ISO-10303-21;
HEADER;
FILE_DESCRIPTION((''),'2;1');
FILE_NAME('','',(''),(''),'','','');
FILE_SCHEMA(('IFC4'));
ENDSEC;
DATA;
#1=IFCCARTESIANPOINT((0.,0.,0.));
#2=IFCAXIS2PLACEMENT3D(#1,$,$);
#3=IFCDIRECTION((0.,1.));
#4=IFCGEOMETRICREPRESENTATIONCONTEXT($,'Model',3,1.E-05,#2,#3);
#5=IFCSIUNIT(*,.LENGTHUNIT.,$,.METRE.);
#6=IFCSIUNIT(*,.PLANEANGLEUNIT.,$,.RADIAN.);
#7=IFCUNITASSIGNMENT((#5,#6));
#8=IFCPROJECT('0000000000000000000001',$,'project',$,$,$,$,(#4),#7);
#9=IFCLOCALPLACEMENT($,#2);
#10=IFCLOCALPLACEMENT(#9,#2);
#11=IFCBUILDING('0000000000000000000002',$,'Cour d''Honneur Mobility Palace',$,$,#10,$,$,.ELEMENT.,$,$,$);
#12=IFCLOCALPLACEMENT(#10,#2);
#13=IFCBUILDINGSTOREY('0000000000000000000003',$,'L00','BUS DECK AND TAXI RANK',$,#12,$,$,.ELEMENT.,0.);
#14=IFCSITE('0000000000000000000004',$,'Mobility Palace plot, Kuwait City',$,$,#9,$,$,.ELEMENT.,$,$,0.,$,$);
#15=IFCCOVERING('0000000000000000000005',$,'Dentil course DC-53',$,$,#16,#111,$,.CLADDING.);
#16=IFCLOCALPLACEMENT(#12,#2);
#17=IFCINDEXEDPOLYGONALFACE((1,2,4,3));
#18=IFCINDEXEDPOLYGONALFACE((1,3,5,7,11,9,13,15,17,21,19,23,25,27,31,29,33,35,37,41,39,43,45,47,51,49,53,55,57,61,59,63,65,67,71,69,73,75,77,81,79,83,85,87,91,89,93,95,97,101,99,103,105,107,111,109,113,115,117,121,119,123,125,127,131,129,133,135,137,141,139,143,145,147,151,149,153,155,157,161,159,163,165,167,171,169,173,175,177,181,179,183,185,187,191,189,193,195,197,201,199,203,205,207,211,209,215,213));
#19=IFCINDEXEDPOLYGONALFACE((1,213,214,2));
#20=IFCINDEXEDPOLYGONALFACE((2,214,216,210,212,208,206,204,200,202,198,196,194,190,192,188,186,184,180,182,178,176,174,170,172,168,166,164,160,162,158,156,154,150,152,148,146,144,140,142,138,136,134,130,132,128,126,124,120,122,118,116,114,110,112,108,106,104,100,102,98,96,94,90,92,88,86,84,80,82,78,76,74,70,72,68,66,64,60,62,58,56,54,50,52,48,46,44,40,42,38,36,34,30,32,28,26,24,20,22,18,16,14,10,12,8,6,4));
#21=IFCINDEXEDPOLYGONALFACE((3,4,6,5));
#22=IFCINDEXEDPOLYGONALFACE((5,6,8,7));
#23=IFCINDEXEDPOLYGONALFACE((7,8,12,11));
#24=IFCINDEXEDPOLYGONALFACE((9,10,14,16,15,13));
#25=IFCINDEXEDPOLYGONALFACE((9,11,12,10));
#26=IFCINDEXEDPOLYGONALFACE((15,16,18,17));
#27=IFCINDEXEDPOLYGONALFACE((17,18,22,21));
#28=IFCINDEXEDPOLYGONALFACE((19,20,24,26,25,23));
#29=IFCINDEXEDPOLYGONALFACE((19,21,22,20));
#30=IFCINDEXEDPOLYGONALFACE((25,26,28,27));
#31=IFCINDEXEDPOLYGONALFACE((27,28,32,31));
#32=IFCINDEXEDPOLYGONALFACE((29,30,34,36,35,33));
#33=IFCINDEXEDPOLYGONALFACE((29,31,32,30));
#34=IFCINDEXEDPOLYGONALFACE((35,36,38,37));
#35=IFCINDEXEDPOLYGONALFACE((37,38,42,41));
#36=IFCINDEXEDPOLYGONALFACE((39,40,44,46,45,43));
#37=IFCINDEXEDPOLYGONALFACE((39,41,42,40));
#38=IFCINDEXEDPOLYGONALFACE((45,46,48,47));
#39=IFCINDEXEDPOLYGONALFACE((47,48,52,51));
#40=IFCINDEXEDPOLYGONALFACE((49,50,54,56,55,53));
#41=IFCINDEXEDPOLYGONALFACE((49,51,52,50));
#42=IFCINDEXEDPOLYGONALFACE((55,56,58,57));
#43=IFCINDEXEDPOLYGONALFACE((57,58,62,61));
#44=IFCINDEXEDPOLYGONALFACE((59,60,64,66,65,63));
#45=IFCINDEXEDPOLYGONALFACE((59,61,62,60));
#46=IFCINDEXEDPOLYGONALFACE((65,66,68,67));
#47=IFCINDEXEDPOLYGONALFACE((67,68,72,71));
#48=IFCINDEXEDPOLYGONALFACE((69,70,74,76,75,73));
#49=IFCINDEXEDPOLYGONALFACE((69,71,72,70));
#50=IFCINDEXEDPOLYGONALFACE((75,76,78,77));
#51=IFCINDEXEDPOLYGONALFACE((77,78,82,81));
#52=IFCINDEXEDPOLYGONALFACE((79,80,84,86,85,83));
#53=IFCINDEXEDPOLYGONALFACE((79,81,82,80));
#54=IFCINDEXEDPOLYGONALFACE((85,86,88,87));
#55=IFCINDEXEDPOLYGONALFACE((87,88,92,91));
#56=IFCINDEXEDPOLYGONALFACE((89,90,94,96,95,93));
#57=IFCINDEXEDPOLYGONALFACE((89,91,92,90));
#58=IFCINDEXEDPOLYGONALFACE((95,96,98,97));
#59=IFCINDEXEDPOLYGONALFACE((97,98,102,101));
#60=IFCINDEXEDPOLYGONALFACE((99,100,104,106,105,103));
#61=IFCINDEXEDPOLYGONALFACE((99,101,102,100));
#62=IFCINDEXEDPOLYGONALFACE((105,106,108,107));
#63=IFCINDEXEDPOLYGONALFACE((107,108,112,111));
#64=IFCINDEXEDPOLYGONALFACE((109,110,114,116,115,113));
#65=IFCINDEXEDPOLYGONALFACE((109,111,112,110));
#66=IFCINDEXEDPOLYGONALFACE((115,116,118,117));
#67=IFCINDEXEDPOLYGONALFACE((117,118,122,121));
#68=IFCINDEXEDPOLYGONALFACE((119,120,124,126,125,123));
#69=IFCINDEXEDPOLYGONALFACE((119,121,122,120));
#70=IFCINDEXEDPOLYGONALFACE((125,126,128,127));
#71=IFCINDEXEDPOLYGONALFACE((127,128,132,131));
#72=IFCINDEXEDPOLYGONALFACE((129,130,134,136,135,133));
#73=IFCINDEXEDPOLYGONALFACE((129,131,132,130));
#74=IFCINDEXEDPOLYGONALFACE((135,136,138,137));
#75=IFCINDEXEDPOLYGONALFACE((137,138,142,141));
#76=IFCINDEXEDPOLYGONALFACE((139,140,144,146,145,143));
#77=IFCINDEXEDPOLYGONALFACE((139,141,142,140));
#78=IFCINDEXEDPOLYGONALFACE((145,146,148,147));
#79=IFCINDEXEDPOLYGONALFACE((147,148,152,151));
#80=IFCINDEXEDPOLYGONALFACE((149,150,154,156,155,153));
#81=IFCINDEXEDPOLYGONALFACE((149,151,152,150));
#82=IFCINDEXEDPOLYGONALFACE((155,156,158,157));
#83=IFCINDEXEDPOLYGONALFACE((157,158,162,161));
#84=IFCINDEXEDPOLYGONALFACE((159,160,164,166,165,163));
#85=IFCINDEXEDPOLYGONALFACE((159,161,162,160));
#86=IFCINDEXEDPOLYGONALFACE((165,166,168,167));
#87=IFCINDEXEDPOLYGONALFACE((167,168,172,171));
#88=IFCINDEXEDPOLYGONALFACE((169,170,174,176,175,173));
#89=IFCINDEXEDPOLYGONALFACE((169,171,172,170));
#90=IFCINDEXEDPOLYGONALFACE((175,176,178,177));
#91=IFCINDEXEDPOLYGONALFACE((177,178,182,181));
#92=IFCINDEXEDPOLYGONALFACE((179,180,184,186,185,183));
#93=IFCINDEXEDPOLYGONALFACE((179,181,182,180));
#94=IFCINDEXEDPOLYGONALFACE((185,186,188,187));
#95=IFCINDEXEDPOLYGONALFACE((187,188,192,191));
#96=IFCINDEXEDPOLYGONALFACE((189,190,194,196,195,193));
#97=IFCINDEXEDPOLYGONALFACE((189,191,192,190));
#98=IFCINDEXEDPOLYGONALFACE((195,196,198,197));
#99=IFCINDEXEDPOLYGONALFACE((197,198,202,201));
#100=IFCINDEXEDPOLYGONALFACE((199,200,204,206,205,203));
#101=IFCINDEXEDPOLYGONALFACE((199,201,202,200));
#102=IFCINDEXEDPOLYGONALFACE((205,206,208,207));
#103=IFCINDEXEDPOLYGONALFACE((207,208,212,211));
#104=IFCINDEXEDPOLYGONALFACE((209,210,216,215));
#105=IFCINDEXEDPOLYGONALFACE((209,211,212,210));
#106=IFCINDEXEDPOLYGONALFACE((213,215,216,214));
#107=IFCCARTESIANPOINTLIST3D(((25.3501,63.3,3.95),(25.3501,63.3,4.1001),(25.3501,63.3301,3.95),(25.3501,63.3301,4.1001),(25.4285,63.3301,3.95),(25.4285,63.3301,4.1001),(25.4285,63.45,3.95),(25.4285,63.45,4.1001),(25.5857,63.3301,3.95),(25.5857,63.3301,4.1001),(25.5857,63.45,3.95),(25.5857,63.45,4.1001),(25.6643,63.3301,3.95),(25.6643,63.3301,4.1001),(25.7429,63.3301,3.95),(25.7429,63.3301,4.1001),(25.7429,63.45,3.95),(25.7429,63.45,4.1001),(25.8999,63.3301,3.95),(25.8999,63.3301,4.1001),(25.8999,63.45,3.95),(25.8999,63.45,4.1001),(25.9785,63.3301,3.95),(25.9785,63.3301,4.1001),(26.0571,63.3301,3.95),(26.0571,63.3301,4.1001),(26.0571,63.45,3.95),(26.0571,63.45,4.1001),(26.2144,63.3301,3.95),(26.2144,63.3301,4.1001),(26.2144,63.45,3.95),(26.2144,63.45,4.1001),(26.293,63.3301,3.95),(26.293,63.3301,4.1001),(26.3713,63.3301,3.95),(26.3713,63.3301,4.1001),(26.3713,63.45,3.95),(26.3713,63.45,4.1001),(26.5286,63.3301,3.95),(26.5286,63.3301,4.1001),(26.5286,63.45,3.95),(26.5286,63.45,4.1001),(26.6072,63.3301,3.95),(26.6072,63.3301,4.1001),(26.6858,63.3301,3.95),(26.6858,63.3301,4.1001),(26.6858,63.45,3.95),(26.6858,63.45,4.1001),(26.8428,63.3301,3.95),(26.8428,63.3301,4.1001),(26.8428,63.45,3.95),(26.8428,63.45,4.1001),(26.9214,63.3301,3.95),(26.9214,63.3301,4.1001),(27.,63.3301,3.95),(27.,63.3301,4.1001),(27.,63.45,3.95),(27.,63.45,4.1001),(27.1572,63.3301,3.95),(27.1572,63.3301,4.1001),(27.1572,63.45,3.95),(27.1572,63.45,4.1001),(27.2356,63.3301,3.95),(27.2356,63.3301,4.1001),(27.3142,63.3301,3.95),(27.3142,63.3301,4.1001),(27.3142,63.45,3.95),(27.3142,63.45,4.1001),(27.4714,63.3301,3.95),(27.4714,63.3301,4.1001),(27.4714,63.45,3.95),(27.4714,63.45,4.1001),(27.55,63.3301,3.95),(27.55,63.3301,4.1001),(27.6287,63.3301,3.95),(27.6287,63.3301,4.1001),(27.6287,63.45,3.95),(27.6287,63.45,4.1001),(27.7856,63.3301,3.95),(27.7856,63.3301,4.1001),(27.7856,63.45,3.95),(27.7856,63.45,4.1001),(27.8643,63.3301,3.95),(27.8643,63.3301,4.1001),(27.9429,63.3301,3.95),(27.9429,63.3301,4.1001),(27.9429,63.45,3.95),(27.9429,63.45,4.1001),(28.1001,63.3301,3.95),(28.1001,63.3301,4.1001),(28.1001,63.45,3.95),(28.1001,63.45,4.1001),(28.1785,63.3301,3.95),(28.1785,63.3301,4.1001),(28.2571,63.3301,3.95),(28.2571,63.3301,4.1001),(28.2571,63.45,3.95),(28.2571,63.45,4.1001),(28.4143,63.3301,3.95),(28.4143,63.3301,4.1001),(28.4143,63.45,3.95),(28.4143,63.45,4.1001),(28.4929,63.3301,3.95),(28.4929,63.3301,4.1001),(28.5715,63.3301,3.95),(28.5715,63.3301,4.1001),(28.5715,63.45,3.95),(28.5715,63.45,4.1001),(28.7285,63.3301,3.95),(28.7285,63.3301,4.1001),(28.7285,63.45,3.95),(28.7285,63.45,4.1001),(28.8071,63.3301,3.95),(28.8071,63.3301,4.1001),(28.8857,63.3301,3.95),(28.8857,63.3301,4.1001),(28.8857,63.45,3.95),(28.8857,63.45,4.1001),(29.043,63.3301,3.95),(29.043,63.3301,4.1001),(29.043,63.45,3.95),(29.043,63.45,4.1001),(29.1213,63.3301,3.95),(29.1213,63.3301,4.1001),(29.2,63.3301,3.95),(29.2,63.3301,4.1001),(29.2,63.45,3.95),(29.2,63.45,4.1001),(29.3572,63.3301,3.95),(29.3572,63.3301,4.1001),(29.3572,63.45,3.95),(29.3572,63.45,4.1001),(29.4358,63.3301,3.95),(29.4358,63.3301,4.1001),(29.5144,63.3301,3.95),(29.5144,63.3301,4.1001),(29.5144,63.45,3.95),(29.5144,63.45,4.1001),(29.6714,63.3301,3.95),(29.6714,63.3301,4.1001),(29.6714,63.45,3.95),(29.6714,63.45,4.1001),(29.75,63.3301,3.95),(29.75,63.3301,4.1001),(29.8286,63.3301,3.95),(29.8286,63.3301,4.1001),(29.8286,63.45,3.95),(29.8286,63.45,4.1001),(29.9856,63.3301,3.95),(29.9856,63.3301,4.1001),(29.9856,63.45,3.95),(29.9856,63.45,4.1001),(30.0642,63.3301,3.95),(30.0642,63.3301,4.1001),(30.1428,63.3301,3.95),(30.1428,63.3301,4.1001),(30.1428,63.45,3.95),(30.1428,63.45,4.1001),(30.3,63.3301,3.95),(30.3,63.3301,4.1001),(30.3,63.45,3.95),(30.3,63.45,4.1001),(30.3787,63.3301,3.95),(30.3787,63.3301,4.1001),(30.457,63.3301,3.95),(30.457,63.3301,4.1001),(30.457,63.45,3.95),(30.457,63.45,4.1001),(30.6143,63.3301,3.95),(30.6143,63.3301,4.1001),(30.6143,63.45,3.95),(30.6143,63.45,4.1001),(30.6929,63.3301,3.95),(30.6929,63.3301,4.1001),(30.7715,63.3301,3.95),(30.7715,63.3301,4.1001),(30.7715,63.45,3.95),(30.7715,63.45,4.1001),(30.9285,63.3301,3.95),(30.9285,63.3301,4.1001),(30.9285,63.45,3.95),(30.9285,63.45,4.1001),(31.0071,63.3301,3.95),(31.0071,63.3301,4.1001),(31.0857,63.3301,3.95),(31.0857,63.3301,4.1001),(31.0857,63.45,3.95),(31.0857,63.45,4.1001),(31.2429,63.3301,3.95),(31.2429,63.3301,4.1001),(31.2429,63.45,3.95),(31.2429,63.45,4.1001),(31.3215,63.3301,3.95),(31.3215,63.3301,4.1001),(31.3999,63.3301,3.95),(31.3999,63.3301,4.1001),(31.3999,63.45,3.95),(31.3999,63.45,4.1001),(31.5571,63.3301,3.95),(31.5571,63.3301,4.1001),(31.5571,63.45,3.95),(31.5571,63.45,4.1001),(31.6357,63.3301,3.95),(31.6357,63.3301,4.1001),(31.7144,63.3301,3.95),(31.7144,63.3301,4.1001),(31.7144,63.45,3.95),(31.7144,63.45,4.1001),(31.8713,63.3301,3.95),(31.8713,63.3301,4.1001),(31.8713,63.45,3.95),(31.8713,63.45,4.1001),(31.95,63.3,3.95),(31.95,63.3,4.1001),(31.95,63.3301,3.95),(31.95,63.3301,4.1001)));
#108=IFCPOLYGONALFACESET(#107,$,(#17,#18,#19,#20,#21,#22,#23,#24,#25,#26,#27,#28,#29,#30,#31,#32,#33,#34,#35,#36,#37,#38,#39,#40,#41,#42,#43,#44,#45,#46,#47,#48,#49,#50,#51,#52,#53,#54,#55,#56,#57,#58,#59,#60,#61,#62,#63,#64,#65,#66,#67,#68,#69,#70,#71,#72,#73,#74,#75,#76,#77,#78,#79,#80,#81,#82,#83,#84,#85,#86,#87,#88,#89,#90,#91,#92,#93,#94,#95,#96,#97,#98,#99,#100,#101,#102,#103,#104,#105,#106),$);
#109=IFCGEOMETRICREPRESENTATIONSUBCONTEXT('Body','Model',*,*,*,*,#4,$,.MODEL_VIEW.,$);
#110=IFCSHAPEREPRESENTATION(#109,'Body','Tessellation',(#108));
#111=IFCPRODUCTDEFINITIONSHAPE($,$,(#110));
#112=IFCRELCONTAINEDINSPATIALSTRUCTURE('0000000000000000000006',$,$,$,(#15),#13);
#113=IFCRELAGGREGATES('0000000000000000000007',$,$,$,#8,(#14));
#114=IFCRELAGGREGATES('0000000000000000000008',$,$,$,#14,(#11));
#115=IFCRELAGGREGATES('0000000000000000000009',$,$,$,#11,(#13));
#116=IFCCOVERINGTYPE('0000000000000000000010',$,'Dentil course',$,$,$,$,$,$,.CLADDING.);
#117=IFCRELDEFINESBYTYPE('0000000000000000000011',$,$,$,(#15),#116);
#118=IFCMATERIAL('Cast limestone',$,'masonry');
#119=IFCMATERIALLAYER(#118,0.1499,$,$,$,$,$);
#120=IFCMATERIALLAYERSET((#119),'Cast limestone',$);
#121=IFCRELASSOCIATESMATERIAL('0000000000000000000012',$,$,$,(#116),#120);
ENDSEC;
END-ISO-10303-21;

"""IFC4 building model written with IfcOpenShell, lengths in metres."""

from ifc_helpers import new_model, si_unit, direction, frame, origin, place, context, subcontext, project, spatial, polyline, outline, extrude, material, layer, layer_set, type_object, element, save


model = new_model("IFC4")

# Units and contexts
model_context = context("Model", 3, precision=1e-05, world=origin(), true_north=direction((0.0, 1.0)))
body_context = subcontext(model_context, "Body", "Model", "MODEL_VIEW")
ifc_project = project(units=[si_unit("LENGTHUNIT", "METRE"), si_unit("PLANEANGLEUNIT", "RADIAN")], contexts=[model_context])

# Site, building, storey
site_placement = place(None, origin())
site = spatial("IfcSite", under=ifc_project, at=site_placement, Name="Mobility Palace plot, Kuwait City", CompositionType="ELEMENT", RefElevation=0.0)
building_placement = place(site_placement, origin())
building = spatial("IfcBuilding", under=site, at=building_placement, Name="Cour d'Honneur Mobility Palace", CompositionType="ELEMENT")
storey_placement = place(building_placement, origin())
storey = spatial("IfcBuildingStorey", under=building, at=storey_placement, Name="L00", Description="BUS DECK AND TAXI RANK", CompositionType="ELEMENT", Elevation=0.0)

# Covering
ifc_material = material(Name="Cast limestone", Category="masonry")
ifc_layer = layer(ifc_material, 0.1499)
ifc_layer_set = layer_set([ifc_layer], Name="Cast limestone")
covering_type = type_object("IfcCoveringType", Name="Dentil course", PredefinedType="CLADDING", material=ifc_layer_set)
covering_1_placement = place(storey_placement, frame((0.0, 0.0, 3.95)))
element("IfcCovering", 1, at=covering_1_placement, inside=storey, type_object=covering_type, Name="Dentil course DC-53", PredefinedType="CLADDING", context=body_context, shape_type="SweptSolid", body=[
    extrude(outline(polyline([(31.95, 63.3), (25.3501, 63.3), (25.3501, 63.3301), (25.3501, 63.3301), (25.4285, 63.3301), (25.4285, 63.45), (25.5857, 63.45), (25.5857, 63.3301), (25.6643, 63.3301), (25.6643, 63.3301), (25.7429, 63.3301), (25.7429, 63.45), (25.8999, 63.45), (25.8999, 63.3301), (25.9785, 63.3301), (25.9785, 63.3301), (26.0571, 63.3301), (26.0571, 63.45), (26.2144, 63.45), (26.2144, 63.3301), (26.293, 63.3301), (26.293, 63.3301), (26.3713, 63.3301), (26.3713, 63.45), (26.5286, 63.45), (26.5286, 63.3301), (26.6072, 63.3301), (26.6072, 63.3301), (26.6858, 63.3301), (26.6858, 63.45), (26.8428, 63.45), (26.8428, 63.3301), (26.9214, 63.3301), (26.9214, 63.3301), (27.0, 63.3301), (27.0, 63.45), (27.1572, 63.45), (27.1572, 63.3301), (27.2356, 63.3301), (27.2356, 63.3301), (27.3142, 63.3301), (27.3142, 63.45), (27.4714, 63.45), (27.4714, 63.3301), (27.55, 63.3301), (27.55, 63.3301), (27.6287, 63.3301), (27.6287, 63.45), (27.7856, 63.45), (27.7856, 63.3301), (27.8643, 63.3301), (27.8643, 63.3301), (27.9429, 63.3301), (27.9429, 63.45), (28.1001, 63.45), (28.1001, 63.3301), (28.1785, 63.3301), (28.1785, 63.3301), (28.2571, 63.3301), (28.2571, 63.45), (28.4143, 63.45), (28.4143, 63.3301), (28.4929, 63.3301), (28.4929, 63.3301), (28.5715, 63.3301), (28.5715, 63.45), (28.7285, 63.45), (28.7285, 63.3301), (28.8071, 63.3301), (28.8071, 63.3301), (28.8857, 63.3301), (28.8857, 63.45), (29.043, 63.45), (29.043, 63.3301), (29.1213, 63.3301), (29.1213, 63.3301), (29.2, 63.3301), (29.2, 63.45), (29.3572, 63.45), (29.3572, 63.3301), (29.4358, 63.3301), (29.4358, 63.3301), (29.5144, 63.3301), (29.5144, 63.45), (29.6714, 63.45), (29.6714, 63.3301), (29.75, 63.3301), (29.75, 63.3301), (29.8286, 63.3301), (29.8286, 63.45), (29.9856, 63.45), (29.9856, 63.3301), (30.0642, 63.3301), (30.0642, 63.3301), (30.1428, 63.3301), (30.1428, 63.45), (30.3, 63.45), (30.3, 63.3301), (30.3787, 63.3301), (30.3787, 63.3301), (30.457, 63.3301), (30.457, 63.45), (30.6143, 63.45), (30.6143, 63.3301), (30.6929, 63.3301), (30.6929, 63.3301), (30.7715, 63.3301), (30.7715, 63.45), (30.9285, 63.45), (30.9285, 63.3301), (31.0071, 63.3301), (31.0071, 63.3301), (31.0857, 63.3301), (31.0857, 63.45), (31.2429, 63.45), (31.2429, 63.3301), (31.3215, 63.3301), (31.3215, 63.3301), (31.3999, 63.3301), (31.3999, 63.45), (31.5571, 63.45), (31.5571, 63.3301), (31.6357, 63.3301), (31.6357, 63.3301), (31.7144, 63.3301), (31.7144, 63.45), (31.8713, 63.45), (31.8713, 63.3301), (31.95, 63.3301), (31.95, 63.3)])), origin(), (0.0, 0.0, 1.0), 0.1501),
])

save(model, "model.ifc")
